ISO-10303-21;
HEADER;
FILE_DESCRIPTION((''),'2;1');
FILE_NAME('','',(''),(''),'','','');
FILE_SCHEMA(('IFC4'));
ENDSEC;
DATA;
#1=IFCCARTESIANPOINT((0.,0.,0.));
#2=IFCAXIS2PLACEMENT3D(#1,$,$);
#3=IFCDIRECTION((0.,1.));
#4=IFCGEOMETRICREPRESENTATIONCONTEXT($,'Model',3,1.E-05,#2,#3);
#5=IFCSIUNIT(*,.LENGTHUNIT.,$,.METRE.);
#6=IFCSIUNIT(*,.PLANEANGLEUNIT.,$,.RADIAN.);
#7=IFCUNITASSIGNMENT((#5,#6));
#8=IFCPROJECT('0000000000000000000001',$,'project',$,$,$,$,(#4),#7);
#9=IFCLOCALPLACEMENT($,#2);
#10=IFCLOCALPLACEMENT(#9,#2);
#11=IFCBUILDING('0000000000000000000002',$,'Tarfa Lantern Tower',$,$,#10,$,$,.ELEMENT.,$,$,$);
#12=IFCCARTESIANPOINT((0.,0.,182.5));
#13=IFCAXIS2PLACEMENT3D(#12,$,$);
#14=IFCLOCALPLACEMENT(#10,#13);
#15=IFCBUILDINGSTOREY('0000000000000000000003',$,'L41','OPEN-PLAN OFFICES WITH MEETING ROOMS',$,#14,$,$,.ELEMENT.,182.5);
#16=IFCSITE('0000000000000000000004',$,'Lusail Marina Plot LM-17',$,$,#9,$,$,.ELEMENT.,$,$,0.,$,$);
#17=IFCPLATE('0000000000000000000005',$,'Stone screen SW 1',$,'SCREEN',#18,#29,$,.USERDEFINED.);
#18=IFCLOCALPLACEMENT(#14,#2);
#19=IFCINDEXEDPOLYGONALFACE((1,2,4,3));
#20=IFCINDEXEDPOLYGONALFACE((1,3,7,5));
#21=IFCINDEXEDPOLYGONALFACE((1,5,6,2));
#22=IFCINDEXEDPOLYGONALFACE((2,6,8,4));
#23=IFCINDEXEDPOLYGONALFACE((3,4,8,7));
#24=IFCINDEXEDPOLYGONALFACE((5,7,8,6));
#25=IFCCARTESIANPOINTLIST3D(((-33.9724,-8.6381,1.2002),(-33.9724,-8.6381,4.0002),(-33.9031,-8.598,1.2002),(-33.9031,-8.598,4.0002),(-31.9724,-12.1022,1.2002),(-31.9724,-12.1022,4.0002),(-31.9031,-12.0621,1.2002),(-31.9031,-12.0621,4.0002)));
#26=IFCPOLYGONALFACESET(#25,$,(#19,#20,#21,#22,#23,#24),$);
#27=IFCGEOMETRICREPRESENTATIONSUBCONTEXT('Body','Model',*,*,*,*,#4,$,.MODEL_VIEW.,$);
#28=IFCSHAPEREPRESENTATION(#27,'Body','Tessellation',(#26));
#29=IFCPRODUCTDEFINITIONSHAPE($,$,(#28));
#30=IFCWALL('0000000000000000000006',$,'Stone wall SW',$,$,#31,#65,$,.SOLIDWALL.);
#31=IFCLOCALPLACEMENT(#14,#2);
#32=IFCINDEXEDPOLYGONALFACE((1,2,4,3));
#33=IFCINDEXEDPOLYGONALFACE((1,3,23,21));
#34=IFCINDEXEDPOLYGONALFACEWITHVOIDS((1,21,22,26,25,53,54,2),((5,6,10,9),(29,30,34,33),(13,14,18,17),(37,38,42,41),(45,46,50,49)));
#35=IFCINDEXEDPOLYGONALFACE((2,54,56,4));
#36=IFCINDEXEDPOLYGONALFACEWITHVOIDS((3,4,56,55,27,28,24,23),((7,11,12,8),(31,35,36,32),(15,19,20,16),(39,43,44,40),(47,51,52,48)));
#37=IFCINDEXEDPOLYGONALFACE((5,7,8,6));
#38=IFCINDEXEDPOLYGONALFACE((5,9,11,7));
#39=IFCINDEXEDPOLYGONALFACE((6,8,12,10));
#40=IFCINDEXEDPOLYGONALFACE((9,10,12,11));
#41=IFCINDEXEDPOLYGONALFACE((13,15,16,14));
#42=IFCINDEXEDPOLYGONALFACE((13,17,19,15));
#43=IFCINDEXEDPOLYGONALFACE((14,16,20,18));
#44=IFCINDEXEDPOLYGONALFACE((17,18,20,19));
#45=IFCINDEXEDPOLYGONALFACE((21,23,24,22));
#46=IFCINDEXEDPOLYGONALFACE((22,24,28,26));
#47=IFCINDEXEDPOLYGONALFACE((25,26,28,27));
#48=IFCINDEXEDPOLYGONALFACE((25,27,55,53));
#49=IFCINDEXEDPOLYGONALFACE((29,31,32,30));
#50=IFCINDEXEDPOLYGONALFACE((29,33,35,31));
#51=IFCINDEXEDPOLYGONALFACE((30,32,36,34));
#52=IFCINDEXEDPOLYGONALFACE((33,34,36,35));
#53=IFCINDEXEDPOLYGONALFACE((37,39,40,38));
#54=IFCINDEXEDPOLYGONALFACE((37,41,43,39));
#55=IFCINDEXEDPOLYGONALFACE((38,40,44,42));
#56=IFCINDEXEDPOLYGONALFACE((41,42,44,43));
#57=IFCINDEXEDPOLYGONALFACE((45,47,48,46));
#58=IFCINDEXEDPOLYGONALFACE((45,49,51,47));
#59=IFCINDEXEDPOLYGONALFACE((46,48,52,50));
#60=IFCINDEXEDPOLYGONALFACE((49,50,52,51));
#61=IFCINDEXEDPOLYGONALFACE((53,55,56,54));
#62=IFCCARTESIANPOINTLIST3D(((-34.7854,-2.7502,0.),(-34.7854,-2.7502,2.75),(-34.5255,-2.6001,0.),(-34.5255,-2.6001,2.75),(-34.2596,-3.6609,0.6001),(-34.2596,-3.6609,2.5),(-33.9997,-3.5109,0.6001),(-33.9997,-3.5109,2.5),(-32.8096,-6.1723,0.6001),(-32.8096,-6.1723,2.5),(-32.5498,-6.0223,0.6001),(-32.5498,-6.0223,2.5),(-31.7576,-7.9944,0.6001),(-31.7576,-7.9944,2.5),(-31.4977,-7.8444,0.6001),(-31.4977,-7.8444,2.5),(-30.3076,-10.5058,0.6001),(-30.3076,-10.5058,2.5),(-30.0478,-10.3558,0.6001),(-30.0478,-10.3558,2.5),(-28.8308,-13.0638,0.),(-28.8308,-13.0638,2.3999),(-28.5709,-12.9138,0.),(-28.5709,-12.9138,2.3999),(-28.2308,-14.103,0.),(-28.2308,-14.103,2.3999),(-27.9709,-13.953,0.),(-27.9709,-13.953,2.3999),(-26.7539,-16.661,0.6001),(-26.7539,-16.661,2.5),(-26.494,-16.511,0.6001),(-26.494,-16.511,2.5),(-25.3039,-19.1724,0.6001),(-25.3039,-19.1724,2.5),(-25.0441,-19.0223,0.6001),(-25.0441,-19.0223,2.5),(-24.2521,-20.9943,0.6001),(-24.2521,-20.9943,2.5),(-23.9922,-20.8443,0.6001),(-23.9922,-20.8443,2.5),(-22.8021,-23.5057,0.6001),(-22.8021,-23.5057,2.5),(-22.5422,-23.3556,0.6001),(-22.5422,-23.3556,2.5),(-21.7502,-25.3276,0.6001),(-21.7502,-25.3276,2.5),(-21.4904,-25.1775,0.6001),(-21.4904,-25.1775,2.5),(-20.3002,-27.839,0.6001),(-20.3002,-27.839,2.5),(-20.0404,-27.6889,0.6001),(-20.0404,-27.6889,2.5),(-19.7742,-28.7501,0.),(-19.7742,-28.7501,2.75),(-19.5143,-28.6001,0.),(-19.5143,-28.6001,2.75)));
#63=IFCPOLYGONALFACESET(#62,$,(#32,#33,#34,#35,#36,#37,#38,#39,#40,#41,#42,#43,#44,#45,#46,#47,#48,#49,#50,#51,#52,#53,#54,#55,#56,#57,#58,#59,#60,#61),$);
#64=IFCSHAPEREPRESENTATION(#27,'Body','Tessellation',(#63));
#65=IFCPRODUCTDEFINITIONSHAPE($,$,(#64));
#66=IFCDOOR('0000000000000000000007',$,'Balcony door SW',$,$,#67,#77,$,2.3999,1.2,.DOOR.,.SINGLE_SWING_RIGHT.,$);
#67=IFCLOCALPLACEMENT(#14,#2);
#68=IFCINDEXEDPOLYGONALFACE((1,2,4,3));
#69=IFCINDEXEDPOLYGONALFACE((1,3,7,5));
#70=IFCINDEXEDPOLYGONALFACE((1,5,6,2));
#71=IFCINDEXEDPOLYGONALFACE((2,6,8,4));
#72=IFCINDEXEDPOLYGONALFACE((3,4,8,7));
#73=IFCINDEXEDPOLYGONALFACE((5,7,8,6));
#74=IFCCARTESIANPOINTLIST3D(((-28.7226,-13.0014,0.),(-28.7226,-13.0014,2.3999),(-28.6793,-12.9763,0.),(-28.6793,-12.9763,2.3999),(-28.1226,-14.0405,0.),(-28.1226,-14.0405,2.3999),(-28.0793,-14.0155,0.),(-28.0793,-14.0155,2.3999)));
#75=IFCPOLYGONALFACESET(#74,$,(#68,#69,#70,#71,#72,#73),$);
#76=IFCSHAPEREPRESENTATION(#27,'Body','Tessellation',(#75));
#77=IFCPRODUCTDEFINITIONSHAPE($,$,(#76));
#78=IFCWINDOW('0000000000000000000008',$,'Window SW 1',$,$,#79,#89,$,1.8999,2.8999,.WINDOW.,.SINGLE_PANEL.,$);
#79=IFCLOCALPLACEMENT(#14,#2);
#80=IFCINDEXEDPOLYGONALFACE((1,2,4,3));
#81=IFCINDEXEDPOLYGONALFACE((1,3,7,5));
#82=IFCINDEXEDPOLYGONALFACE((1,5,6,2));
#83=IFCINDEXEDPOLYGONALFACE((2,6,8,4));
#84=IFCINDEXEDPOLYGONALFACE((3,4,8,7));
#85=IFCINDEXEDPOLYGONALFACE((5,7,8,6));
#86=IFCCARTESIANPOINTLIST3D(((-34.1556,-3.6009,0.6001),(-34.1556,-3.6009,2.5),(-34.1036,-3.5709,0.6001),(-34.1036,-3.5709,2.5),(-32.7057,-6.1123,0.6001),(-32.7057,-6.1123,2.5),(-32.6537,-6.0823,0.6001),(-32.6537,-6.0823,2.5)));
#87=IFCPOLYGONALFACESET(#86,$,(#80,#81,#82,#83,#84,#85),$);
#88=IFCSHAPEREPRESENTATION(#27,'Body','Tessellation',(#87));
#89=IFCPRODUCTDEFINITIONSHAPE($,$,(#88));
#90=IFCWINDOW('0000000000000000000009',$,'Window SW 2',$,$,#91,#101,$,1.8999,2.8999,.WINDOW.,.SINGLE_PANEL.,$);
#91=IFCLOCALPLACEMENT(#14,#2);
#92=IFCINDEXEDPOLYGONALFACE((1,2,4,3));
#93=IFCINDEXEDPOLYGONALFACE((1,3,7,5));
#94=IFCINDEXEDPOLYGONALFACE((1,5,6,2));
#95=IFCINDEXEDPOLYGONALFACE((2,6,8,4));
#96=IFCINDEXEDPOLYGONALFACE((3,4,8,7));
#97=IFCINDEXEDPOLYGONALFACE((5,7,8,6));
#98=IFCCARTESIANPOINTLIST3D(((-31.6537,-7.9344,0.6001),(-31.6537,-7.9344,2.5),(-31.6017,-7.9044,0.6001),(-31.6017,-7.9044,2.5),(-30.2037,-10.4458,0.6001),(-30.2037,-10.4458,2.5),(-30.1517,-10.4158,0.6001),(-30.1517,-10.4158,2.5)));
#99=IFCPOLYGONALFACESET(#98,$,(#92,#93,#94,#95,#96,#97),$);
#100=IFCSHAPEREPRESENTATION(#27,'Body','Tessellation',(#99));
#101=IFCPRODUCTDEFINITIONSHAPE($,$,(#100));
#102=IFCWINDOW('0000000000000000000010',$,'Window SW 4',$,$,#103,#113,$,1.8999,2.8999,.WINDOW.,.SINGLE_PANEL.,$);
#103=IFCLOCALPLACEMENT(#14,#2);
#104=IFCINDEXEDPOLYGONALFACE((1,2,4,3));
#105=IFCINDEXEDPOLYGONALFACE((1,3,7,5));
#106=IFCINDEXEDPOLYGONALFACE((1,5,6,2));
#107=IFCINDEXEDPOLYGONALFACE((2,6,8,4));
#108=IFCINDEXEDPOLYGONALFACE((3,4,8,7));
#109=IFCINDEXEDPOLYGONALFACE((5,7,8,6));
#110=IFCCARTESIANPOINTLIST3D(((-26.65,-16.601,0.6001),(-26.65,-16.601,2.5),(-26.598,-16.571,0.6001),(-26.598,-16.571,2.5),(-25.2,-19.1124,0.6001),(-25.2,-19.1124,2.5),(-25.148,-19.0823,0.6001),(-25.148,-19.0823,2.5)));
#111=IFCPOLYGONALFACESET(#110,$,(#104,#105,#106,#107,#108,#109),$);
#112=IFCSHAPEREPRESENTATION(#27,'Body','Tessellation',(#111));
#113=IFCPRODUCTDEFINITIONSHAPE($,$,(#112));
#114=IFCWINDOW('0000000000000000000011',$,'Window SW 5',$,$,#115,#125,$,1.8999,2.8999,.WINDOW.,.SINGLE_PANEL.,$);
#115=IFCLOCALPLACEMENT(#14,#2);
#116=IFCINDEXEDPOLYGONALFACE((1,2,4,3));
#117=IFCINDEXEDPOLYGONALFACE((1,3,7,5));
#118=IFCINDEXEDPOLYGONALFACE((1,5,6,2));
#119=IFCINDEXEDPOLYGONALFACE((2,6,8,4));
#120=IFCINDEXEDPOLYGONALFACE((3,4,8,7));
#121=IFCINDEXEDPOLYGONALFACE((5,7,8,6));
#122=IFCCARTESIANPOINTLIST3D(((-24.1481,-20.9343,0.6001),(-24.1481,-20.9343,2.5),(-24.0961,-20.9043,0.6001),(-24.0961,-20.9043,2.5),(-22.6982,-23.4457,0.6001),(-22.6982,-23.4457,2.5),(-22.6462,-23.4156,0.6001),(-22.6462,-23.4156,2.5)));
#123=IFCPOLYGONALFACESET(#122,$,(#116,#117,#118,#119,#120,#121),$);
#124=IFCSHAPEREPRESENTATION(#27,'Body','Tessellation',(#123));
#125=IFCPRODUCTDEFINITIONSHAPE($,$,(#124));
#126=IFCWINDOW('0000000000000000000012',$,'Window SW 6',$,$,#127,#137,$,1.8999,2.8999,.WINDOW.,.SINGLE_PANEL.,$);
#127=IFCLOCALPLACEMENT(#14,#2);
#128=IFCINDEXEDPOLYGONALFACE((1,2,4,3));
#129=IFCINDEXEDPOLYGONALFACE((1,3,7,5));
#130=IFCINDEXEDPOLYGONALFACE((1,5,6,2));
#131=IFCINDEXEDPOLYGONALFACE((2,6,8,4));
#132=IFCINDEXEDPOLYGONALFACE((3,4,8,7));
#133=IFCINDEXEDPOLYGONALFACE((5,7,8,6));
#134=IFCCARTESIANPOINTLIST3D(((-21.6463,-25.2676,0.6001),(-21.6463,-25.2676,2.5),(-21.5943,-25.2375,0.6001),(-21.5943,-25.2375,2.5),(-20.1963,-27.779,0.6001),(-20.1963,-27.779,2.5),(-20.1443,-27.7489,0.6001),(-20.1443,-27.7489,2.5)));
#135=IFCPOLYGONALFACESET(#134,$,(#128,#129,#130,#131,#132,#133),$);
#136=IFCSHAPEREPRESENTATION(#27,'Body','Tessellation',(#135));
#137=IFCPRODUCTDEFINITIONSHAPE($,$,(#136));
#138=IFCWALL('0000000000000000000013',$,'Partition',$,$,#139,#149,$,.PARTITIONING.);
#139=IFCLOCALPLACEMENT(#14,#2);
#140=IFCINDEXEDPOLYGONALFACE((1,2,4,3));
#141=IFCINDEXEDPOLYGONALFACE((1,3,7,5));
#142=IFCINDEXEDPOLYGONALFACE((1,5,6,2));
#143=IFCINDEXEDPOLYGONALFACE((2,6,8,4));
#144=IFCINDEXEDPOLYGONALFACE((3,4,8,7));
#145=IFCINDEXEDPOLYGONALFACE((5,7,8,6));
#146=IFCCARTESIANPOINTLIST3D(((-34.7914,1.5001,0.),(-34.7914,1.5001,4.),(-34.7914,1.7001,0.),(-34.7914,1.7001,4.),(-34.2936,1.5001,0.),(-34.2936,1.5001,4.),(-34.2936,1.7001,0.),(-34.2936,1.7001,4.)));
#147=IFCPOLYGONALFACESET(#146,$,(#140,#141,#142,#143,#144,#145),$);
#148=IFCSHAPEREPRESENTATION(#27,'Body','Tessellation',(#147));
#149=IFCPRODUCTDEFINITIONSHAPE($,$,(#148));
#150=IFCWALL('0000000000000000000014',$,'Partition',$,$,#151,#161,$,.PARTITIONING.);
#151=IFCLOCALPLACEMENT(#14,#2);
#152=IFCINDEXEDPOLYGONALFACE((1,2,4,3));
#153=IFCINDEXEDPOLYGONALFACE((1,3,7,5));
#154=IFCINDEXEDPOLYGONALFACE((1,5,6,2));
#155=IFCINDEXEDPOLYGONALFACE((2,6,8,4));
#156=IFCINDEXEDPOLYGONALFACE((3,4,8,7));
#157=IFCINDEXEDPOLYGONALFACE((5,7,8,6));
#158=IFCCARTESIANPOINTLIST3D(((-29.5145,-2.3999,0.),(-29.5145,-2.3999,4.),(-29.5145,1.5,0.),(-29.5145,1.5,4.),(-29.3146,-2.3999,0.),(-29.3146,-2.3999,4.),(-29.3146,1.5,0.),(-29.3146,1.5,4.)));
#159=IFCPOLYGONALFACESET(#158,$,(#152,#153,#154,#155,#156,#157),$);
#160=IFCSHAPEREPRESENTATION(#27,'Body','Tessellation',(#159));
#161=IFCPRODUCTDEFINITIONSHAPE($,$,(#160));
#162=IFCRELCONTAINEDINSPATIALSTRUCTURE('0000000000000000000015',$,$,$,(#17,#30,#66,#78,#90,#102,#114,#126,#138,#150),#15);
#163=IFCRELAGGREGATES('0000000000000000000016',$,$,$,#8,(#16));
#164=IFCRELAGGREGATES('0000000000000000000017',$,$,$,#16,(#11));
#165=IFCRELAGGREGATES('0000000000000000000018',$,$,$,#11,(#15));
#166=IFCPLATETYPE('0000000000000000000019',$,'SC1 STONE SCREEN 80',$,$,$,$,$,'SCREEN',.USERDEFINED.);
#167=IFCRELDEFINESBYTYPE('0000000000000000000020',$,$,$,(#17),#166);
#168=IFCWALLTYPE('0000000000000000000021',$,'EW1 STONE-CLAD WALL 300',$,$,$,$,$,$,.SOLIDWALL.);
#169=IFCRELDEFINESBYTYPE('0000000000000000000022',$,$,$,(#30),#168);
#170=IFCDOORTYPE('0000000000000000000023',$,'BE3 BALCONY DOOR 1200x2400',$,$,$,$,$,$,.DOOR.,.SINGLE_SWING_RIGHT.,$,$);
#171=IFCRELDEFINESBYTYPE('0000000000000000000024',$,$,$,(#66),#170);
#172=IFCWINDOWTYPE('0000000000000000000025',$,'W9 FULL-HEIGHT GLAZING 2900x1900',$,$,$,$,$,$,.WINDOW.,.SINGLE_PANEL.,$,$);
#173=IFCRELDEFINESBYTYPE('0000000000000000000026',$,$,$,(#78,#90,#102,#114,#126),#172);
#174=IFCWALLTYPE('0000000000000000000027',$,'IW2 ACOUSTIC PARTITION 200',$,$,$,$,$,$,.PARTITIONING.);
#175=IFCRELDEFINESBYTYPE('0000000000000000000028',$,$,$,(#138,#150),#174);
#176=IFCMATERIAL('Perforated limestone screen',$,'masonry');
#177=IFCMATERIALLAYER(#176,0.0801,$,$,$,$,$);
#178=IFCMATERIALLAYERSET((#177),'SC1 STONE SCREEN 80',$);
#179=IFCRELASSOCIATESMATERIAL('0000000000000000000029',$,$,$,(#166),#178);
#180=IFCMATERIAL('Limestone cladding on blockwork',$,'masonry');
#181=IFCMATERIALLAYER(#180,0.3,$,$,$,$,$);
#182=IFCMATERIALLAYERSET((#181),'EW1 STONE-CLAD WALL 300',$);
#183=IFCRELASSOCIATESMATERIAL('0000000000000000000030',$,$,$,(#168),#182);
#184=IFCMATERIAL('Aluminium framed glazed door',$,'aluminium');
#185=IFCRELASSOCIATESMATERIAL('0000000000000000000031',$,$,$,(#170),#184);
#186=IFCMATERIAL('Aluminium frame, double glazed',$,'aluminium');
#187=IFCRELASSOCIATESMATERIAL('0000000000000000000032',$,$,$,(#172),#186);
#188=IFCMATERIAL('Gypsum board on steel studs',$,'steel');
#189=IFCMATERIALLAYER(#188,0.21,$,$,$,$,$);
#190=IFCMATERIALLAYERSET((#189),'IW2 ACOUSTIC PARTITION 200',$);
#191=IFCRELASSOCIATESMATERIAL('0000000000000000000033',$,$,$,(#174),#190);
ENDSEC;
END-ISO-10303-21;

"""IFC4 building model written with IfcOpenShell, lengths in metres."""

from ifc_helpers import new_model, si_unit, direction, frame, frame_2d, origin, origin_2d, place, context, subcontext, project, spatial, rectangle, extrude, material, layer, layer_set, type_object, element, fill, save


model = new_model("IFC4")

# Units and contexts
model_context = context("Model", 3, precision=1e-05, world=origin(), true_north=direction((0.0, 1.0)))
body_context = subcontext(model_context, "Body", "Model", "MODEL_VIEW")
ifc_project = project(units=[si_unit("LENGTHUNIT", "METRE"), si_unit("PLANEANGLEUNIT", "RADIAN")], contexts=[model_context])

# Site, building, storey
site_placement = place(None, origin())
site = spatial("IfcSite", under=ifc_project, at=site_placement, Name="Lusail Marina Plot LM-17", CompositionType="ELEMENT", RefElevation=0.0)
building_placement = place(site_placement, origin())
building = spatial("IfcBuilding", under=site, at=building_placement, Name="Tarfa Lantern Tower", CompositionType="ELEMENT")
storey_placement = place(building_placement, frame((0.0, 0.0, 182.5)))
storey = spatial("IfcBuildingStorey", under=building, at=storey_placement, Name="L41", Description="OPEN-PLAN OFFICES WITH MEETING ROOMS", CompositionType="ELEMENT", Elevation=182.5)

# Plate
ifc_material_1 = material(Name="Perforated limestone screen", Category="masonry")
ifc_layer_1 = layer(ifc_material_1, 0.0801)
ifc_layer_set_1 = layer_set([ifc_layer_1], Name="SC1 STONE SCREEN 80")
plate_type = type_object("IfcPlateType", Name="SC1 STONE SCREEN 80", ElementType="SCREEN", PredefinedType="USERDEFINED", material=ifc_layer_set_1)
plate_placement = place(storey_placement, frame((-32.9377, -10.3501, 1.2002), z_axis=(0.0, 0.0, 1.0), x_axis=(0.5, -0.866025, 0.0)))
element("IfcPlate", 1, at=plate_placement, inside=storey, type_object=plate_type, Name="Stone screen SW 1", ObjectType="SCREEN", PredefinedType="USERDEFINED", context=body_context, shape_type="SweptSolid", body=[
    extrude(rectangle(XDim=4.0, YDim=0.0801, at=origin_2d()), origin(), (0.0, 0.0, 1.0), 2.8),
])

# Wall, openings, door, windows
ifc_material_2 = material(Name="Limestone cladding on blockwork", Category="masonry")
ifc_layer_2 = layer(ifc_material_2, 0.3)
ifc_layer_set_2 = layer_set([ifc_layer_2], Name="EW1 STONE-CLAD WALL 300")
wall_type_1 = type_object("IfcWallType", Name="EW1 STONE-CLAD WALL 300", PredefinedType="SOLIDWALL", material=ifc_layer_set_2)
wall_1_placement = place(storey_placement, frame((-34.6555, -2.675, 0.0), z_axis=(0.0, 0.0, 1.0), x_axis=(0.500003, -0.866024, 0.0)))
wall_1 = element("IfcWall", 2, at=wall_1_placement, inside=storey, type_object=wall_type_1, Name="Stone wall SW", PredefinedType="SOLIDWALL", context=body_context, shape_type="SweptSolid", body=[
    extrude(rectangle(XDim=30.0222, YDim=0.3, at=frame_2d((15.0112, 0.0))), origin(), (0.0, 0.0, 1.0), 2.75),
])
opening_1_placement = place(wall_1_placement, frame((1.0518, 0.0, 0.6001)))
opening_1 = element("IfcOpeningElement", 3, at=opening_1_placement, cuts=wall_1, PredefinedType="OPENING", context=body_context, shape_type="SweptSolid", body=[
    extrude(rectangle(XDim=2.8999, YDim=1.8999, at=frame_2d((1.45, 0.95))), frame((0.0, 0.1599, 0.0), z_axis=(0.0, -1.0, 0.0), x_axis=(1.0, 0.0, 0.0)), (0.0, 0.0, 1.0), 0.3201),
])
opening_2_placement = place(wall_1_placement, frame((6.0557, 0.0, 0.6001)))
opening_2 = element("IfcOpeningElement", 4, at=opening_2_placement, cuts=wall_1, PredefinedType="OPENING", context=body_context, shape_type="SweptSolid", body=[
    extrude(rectangle(XDim=2.8999, YDim=1.8999, at=frame_2d((1.45, 0.95))), frame((0.0, 0.1599, 0.0), z_axis=(0.0, -1.0, 0.0), x_axis=(1.0, 0.0, 0.0)), (0.0, 0.0, 1.0), 0.3201),
])
opening_3_placement = place(wall_1_placement, frame((11.9092, 0.0, 0.0)))
opening_3 = element("IfcOpeningElement", 5, at=opening_3_placement, cuts=wall_1, PredefinedType="OPENING", context=body_context, shape_type="SweptSolid", body=[
    extrude(rectangle(XDim=1.2, YDim=2.3999, at=frame_2d((0.6001, 1.2))), frame((0.0, 0.1599, 0.0), z_axis=(0.0, -1.0, 0.0), x_axis=(1.0, 0.0, 0.0)), (0.0, 0.0, 1.0), 0.3201),
])
opening_4_placement = place(wall_1_placement, frame((16.063, 0.0, 0.6001)))
opening_4 = element("IfcOpeningElement", 6, at=opening_4_placement, cuts=wall_1, PredefinedType="OPENING", context=body_context, shape_type="SweptSolid", body=[
    extrude(rectangle(XDim=2.8999, YDim=1.8999, at=frame_2d((1.45, 0.95))), frame((0.0, 0.1599, 0.0), z_axis=(0.0, -1.0, 0.0), x_axis=(1.0, 0.0, 0.0)), (0.0, 0.0, 1.0), 0.3201),
])
opening_5_placement = place(wall_1_placement, frame((21.0667, 0.0, 0.6001)))
opening_5 = element("IfcOpeningElement", 7, at=opening_5_placement, cuts=wall_1, PredefinedType="OPENING", context=body_context, shape_type="SweptSolid", body=[
    extrude(rectangle(XDim=2.8999, YDim=1.8999, at=frame_2d((1.45, 0.95))), frame((0.0, 0.1599, 0.0), z_axis=(0.0, -1.0, 0.0), x_axis=(1.0, 0.0, 0.0)), (0.0, 0.0, 1.0), 0.3201),
])
opening_6_placement = place(wall_1_placement, frame((26.0703, 0.0, 0.6001)))
opening_6 = element("IfcOpeningElement", 8, at=opening_6_placement, cuts=wall_1, PredefinedType="OPENING", context=body_context, shape_type="SweptSolid", body=[
    extrude(rectangle(XDim=2.8999, YDim=1.8999, at=frame_2d((1.45, 0.95))), frame((0.0, 0.1599, 0.0), z_axis=(0.0, -1.0, 0.0), x_axis=(1.0, 0.0, 0.0)), (0.0, 0.0, 1.0), 0.3201),
])
ifc_material_3 = material(Name="Aluminium framed glazed door", Category="aluminium")
door_type = type_object("IfcDoorType", Name="BE3 BALCONY DOOR 1200x2400", OperationType="SINGLE_SWING_RIGHT", PredefinedType="DOOR", material=ifc_material_3)
door_placement = place(opening_3_placement, origin())
door = element("IfcDoor", 9, at=door_placement, inside=storey, type_object=door_type, Name="Balcony door SW", OperationType="SINGLE_SWING_RIGHT", OverallHeight=2.3999, OverallWidth=1.2, PredefinedType="DOOR", context=body_context, shape_type="SweptSolid", body=[
    extrude(rectangle(XDim=1.2, YDim=2.3999, at=frame_2d((0.6001, 1.2))), frame((0.0, 0.0249, 0.0), z_axis=(0.0, -1.0, 0.0), x_axis=(1.0, 0.0, 0.0)), (0.0, 0.0, 1.0), 0.05),
])
fill(opening_3, door)
ifc_material_4 = material(Name="Aluminium frame, double glazed", Category="aluminium")
window_type = type_object("IfcWindowType", Name="W9 FULL-HEIGHT GLAZING 2900x1900", PartitioningType="SINGLE_PANEL", PredefinedType="WINDOW", material=ifc_material_4)
window_1_placement = place(opening_1_placement, origin())
window_1 = element("IfcWindow", 10, at=window_1_placement, inside=storey, type_object=window_type, Name="Window SW 1", OverallHeight=1.8999, OverallWidth=2.8999, PartitioningType="SINGLE_PANEL", PredefinedType="WINDOW", context=body_context, shape_type="SweptSolid", body=[
    extrude(rectangle(XDim=2.8999, YDim=1.8999, at=frame_2d((1.45, 0.95))), frame((0.0, 0.03, 0.0), z_axis=(0.0, -1.0, 0.0), x_axis=(1.0, 0.0, 0.0)), (0.0, 0.0, 1.0), 0.0601),
])
fill(opening_1, window_1)
window_2_placement = place(opening_2_placement, origin())
window_2 = element("IfcWindow", 11, at=window_2_placement, inside=storey, type_object=window_type, Name="Window SW 2", OverallHeight=1.8999, OverallWidth=2.8999, PartitioningType="SINGLE_PANEL", PredefinedType="WINDOW", context=body_context, shape_type="SweptSolid", body=[
    extrude(rectangle(XDim=2.8999, YDim=1.8999, at=frame_2d((1.45, 0.95))), frame((0.0, 0.03, 0.0), z_axis=(0.0, -1.0, 0.0), x_axis=(1.0, 0.0, 0.0)), (0.0, 0.0, 1.0), 0.0601),
])
fill(opening_2, window_2)
window_3_placement = place(opening_4_placement, origin())
window_3 = element("IfcWindow", 12, at=window_3_placement, inside=storey, type_object=window_type, Name="Window SW 4", OverallHeight=1.8999, OverallWidth=2.8999, PartitioningType="SINGLE_PANEL", PredefinedType="WINDOW", context=body_context, shape_type="SweptSolid", body=[
    extrude(rectangle(XDim=2.8999, YDim=1.8999, at=frame_2d((1.45, 0.95))), frame((0.0, 0.03, 0.0), z_axis=(0.0, -1.0, 0.0), x_axis=(1.0, 0.0, 0.0)), (0.0, 0.0, 1.0), 0.0601),
])
fill(opening_4, window_3)
window_4_placement = place(opening_5_placement, origin())
window_4 = element("IfcWindow", 13, at=window_4_placement, inside=storey, type_object=window_type, Name="Window SW 5", OverallHeight=1.8999, OverallWidth=2.8999, PartitioningType="SINGLE_PANEL", PredefinedType="WINDOW", context=body_context, shape_type="SweptSolid", body=[
    extrude(rectangle(XDim=2.8999, YDim=1.8999, at=frame_2d((1.45, 0.95))), frame((0.0, 0.03, 0.0), z_axis=(0.0, -1.0, 0.0), x_axis=(1.0, 0.0, 0.0)), (0.0, 0.0, 1.0), 0.0601),
])
fill(opening_5, window_4)
window_5_placement = place(opening_6_placement, origin())
window_5 = element("IfcWindow", 14, at=window_5_placement, inside=storey, type_object=window_type, Name="Window SW 6", OverallHeight=1.8999, OverallWidth=2.8999, PartitioningType="SINGLE_PANEL", PredefinedType="WINDOW", context=body_context, shape_type="SweptSolid", body=[
    extrude(rectangle(XDim=2.8999, YDim=1.8999, at=frame_2d((1.45, 0.95))), frame((0.0, 0.03, 0.0), z_axis=(0.0, -1.0, 0.0), x_axis=(1.0, 0.0, 0.0)), (0.0, 0.0, 1.0), 0.0601),
])
fill(opening_6, window_5)

# Walls
ifc_material_5 = material(Name="Gypsum board on steel studs", Category="steel")
ifc_layer_3 = layer(ifc_material_5, 0.21)
ifc_layer_set_3 = layer_set([ifc_layer_3], Name="IW2 ACOUSTIC PARTITION 200")
wall_type_2 = type_object("IfcWallType", Name="IW2 ACOUSTIC PARTITION 200", PredefinedType="PARTITIONING", material=ifc_layer_set_3)
wall_2_placement = place(storey_placement, frame((-34.2935, 1.6001, 0.0), z_axis=(0.0, 0.0, 1.0), x_axis=(-1.0, 0.0, 0.0)))
element("IfcWall", 15, at=wall_2_placement, inside=storey, type_object=wall_type_2, Name="Partition", PredefinedType="PARTITIONING", context=body_context, shape_type="SweptSolid", body=[
    extrude(rectangle(XDim=0.4978, YDim=0.2, at=frame_2d((0.249, 0.0))), origin(), (0.0, 0.0, 1.0), 4.0),
])
wall_3_placement = place(storey_placement, frame((-29.4146, 1.5, 0.0), z_axis=(0.0, 0.0, 1.0), x_axis=(0.0, -1.0, 0.0)))
element("IfcWall", 16, at=wall_3_placement, inside=storey, type_object=wall_type_2, Name="Partition", PredefinedType="PARTITIONING", context=body_context, shape_type="SweptSolid", body=[
    extrude(rectangle(XDim=3.8999, YDim=0.2, at=frame_2d((1.95, 0.0))), origin(), (0.0, 0.0, 1.0), 4.0),
])

save(model, "model.ifc")
